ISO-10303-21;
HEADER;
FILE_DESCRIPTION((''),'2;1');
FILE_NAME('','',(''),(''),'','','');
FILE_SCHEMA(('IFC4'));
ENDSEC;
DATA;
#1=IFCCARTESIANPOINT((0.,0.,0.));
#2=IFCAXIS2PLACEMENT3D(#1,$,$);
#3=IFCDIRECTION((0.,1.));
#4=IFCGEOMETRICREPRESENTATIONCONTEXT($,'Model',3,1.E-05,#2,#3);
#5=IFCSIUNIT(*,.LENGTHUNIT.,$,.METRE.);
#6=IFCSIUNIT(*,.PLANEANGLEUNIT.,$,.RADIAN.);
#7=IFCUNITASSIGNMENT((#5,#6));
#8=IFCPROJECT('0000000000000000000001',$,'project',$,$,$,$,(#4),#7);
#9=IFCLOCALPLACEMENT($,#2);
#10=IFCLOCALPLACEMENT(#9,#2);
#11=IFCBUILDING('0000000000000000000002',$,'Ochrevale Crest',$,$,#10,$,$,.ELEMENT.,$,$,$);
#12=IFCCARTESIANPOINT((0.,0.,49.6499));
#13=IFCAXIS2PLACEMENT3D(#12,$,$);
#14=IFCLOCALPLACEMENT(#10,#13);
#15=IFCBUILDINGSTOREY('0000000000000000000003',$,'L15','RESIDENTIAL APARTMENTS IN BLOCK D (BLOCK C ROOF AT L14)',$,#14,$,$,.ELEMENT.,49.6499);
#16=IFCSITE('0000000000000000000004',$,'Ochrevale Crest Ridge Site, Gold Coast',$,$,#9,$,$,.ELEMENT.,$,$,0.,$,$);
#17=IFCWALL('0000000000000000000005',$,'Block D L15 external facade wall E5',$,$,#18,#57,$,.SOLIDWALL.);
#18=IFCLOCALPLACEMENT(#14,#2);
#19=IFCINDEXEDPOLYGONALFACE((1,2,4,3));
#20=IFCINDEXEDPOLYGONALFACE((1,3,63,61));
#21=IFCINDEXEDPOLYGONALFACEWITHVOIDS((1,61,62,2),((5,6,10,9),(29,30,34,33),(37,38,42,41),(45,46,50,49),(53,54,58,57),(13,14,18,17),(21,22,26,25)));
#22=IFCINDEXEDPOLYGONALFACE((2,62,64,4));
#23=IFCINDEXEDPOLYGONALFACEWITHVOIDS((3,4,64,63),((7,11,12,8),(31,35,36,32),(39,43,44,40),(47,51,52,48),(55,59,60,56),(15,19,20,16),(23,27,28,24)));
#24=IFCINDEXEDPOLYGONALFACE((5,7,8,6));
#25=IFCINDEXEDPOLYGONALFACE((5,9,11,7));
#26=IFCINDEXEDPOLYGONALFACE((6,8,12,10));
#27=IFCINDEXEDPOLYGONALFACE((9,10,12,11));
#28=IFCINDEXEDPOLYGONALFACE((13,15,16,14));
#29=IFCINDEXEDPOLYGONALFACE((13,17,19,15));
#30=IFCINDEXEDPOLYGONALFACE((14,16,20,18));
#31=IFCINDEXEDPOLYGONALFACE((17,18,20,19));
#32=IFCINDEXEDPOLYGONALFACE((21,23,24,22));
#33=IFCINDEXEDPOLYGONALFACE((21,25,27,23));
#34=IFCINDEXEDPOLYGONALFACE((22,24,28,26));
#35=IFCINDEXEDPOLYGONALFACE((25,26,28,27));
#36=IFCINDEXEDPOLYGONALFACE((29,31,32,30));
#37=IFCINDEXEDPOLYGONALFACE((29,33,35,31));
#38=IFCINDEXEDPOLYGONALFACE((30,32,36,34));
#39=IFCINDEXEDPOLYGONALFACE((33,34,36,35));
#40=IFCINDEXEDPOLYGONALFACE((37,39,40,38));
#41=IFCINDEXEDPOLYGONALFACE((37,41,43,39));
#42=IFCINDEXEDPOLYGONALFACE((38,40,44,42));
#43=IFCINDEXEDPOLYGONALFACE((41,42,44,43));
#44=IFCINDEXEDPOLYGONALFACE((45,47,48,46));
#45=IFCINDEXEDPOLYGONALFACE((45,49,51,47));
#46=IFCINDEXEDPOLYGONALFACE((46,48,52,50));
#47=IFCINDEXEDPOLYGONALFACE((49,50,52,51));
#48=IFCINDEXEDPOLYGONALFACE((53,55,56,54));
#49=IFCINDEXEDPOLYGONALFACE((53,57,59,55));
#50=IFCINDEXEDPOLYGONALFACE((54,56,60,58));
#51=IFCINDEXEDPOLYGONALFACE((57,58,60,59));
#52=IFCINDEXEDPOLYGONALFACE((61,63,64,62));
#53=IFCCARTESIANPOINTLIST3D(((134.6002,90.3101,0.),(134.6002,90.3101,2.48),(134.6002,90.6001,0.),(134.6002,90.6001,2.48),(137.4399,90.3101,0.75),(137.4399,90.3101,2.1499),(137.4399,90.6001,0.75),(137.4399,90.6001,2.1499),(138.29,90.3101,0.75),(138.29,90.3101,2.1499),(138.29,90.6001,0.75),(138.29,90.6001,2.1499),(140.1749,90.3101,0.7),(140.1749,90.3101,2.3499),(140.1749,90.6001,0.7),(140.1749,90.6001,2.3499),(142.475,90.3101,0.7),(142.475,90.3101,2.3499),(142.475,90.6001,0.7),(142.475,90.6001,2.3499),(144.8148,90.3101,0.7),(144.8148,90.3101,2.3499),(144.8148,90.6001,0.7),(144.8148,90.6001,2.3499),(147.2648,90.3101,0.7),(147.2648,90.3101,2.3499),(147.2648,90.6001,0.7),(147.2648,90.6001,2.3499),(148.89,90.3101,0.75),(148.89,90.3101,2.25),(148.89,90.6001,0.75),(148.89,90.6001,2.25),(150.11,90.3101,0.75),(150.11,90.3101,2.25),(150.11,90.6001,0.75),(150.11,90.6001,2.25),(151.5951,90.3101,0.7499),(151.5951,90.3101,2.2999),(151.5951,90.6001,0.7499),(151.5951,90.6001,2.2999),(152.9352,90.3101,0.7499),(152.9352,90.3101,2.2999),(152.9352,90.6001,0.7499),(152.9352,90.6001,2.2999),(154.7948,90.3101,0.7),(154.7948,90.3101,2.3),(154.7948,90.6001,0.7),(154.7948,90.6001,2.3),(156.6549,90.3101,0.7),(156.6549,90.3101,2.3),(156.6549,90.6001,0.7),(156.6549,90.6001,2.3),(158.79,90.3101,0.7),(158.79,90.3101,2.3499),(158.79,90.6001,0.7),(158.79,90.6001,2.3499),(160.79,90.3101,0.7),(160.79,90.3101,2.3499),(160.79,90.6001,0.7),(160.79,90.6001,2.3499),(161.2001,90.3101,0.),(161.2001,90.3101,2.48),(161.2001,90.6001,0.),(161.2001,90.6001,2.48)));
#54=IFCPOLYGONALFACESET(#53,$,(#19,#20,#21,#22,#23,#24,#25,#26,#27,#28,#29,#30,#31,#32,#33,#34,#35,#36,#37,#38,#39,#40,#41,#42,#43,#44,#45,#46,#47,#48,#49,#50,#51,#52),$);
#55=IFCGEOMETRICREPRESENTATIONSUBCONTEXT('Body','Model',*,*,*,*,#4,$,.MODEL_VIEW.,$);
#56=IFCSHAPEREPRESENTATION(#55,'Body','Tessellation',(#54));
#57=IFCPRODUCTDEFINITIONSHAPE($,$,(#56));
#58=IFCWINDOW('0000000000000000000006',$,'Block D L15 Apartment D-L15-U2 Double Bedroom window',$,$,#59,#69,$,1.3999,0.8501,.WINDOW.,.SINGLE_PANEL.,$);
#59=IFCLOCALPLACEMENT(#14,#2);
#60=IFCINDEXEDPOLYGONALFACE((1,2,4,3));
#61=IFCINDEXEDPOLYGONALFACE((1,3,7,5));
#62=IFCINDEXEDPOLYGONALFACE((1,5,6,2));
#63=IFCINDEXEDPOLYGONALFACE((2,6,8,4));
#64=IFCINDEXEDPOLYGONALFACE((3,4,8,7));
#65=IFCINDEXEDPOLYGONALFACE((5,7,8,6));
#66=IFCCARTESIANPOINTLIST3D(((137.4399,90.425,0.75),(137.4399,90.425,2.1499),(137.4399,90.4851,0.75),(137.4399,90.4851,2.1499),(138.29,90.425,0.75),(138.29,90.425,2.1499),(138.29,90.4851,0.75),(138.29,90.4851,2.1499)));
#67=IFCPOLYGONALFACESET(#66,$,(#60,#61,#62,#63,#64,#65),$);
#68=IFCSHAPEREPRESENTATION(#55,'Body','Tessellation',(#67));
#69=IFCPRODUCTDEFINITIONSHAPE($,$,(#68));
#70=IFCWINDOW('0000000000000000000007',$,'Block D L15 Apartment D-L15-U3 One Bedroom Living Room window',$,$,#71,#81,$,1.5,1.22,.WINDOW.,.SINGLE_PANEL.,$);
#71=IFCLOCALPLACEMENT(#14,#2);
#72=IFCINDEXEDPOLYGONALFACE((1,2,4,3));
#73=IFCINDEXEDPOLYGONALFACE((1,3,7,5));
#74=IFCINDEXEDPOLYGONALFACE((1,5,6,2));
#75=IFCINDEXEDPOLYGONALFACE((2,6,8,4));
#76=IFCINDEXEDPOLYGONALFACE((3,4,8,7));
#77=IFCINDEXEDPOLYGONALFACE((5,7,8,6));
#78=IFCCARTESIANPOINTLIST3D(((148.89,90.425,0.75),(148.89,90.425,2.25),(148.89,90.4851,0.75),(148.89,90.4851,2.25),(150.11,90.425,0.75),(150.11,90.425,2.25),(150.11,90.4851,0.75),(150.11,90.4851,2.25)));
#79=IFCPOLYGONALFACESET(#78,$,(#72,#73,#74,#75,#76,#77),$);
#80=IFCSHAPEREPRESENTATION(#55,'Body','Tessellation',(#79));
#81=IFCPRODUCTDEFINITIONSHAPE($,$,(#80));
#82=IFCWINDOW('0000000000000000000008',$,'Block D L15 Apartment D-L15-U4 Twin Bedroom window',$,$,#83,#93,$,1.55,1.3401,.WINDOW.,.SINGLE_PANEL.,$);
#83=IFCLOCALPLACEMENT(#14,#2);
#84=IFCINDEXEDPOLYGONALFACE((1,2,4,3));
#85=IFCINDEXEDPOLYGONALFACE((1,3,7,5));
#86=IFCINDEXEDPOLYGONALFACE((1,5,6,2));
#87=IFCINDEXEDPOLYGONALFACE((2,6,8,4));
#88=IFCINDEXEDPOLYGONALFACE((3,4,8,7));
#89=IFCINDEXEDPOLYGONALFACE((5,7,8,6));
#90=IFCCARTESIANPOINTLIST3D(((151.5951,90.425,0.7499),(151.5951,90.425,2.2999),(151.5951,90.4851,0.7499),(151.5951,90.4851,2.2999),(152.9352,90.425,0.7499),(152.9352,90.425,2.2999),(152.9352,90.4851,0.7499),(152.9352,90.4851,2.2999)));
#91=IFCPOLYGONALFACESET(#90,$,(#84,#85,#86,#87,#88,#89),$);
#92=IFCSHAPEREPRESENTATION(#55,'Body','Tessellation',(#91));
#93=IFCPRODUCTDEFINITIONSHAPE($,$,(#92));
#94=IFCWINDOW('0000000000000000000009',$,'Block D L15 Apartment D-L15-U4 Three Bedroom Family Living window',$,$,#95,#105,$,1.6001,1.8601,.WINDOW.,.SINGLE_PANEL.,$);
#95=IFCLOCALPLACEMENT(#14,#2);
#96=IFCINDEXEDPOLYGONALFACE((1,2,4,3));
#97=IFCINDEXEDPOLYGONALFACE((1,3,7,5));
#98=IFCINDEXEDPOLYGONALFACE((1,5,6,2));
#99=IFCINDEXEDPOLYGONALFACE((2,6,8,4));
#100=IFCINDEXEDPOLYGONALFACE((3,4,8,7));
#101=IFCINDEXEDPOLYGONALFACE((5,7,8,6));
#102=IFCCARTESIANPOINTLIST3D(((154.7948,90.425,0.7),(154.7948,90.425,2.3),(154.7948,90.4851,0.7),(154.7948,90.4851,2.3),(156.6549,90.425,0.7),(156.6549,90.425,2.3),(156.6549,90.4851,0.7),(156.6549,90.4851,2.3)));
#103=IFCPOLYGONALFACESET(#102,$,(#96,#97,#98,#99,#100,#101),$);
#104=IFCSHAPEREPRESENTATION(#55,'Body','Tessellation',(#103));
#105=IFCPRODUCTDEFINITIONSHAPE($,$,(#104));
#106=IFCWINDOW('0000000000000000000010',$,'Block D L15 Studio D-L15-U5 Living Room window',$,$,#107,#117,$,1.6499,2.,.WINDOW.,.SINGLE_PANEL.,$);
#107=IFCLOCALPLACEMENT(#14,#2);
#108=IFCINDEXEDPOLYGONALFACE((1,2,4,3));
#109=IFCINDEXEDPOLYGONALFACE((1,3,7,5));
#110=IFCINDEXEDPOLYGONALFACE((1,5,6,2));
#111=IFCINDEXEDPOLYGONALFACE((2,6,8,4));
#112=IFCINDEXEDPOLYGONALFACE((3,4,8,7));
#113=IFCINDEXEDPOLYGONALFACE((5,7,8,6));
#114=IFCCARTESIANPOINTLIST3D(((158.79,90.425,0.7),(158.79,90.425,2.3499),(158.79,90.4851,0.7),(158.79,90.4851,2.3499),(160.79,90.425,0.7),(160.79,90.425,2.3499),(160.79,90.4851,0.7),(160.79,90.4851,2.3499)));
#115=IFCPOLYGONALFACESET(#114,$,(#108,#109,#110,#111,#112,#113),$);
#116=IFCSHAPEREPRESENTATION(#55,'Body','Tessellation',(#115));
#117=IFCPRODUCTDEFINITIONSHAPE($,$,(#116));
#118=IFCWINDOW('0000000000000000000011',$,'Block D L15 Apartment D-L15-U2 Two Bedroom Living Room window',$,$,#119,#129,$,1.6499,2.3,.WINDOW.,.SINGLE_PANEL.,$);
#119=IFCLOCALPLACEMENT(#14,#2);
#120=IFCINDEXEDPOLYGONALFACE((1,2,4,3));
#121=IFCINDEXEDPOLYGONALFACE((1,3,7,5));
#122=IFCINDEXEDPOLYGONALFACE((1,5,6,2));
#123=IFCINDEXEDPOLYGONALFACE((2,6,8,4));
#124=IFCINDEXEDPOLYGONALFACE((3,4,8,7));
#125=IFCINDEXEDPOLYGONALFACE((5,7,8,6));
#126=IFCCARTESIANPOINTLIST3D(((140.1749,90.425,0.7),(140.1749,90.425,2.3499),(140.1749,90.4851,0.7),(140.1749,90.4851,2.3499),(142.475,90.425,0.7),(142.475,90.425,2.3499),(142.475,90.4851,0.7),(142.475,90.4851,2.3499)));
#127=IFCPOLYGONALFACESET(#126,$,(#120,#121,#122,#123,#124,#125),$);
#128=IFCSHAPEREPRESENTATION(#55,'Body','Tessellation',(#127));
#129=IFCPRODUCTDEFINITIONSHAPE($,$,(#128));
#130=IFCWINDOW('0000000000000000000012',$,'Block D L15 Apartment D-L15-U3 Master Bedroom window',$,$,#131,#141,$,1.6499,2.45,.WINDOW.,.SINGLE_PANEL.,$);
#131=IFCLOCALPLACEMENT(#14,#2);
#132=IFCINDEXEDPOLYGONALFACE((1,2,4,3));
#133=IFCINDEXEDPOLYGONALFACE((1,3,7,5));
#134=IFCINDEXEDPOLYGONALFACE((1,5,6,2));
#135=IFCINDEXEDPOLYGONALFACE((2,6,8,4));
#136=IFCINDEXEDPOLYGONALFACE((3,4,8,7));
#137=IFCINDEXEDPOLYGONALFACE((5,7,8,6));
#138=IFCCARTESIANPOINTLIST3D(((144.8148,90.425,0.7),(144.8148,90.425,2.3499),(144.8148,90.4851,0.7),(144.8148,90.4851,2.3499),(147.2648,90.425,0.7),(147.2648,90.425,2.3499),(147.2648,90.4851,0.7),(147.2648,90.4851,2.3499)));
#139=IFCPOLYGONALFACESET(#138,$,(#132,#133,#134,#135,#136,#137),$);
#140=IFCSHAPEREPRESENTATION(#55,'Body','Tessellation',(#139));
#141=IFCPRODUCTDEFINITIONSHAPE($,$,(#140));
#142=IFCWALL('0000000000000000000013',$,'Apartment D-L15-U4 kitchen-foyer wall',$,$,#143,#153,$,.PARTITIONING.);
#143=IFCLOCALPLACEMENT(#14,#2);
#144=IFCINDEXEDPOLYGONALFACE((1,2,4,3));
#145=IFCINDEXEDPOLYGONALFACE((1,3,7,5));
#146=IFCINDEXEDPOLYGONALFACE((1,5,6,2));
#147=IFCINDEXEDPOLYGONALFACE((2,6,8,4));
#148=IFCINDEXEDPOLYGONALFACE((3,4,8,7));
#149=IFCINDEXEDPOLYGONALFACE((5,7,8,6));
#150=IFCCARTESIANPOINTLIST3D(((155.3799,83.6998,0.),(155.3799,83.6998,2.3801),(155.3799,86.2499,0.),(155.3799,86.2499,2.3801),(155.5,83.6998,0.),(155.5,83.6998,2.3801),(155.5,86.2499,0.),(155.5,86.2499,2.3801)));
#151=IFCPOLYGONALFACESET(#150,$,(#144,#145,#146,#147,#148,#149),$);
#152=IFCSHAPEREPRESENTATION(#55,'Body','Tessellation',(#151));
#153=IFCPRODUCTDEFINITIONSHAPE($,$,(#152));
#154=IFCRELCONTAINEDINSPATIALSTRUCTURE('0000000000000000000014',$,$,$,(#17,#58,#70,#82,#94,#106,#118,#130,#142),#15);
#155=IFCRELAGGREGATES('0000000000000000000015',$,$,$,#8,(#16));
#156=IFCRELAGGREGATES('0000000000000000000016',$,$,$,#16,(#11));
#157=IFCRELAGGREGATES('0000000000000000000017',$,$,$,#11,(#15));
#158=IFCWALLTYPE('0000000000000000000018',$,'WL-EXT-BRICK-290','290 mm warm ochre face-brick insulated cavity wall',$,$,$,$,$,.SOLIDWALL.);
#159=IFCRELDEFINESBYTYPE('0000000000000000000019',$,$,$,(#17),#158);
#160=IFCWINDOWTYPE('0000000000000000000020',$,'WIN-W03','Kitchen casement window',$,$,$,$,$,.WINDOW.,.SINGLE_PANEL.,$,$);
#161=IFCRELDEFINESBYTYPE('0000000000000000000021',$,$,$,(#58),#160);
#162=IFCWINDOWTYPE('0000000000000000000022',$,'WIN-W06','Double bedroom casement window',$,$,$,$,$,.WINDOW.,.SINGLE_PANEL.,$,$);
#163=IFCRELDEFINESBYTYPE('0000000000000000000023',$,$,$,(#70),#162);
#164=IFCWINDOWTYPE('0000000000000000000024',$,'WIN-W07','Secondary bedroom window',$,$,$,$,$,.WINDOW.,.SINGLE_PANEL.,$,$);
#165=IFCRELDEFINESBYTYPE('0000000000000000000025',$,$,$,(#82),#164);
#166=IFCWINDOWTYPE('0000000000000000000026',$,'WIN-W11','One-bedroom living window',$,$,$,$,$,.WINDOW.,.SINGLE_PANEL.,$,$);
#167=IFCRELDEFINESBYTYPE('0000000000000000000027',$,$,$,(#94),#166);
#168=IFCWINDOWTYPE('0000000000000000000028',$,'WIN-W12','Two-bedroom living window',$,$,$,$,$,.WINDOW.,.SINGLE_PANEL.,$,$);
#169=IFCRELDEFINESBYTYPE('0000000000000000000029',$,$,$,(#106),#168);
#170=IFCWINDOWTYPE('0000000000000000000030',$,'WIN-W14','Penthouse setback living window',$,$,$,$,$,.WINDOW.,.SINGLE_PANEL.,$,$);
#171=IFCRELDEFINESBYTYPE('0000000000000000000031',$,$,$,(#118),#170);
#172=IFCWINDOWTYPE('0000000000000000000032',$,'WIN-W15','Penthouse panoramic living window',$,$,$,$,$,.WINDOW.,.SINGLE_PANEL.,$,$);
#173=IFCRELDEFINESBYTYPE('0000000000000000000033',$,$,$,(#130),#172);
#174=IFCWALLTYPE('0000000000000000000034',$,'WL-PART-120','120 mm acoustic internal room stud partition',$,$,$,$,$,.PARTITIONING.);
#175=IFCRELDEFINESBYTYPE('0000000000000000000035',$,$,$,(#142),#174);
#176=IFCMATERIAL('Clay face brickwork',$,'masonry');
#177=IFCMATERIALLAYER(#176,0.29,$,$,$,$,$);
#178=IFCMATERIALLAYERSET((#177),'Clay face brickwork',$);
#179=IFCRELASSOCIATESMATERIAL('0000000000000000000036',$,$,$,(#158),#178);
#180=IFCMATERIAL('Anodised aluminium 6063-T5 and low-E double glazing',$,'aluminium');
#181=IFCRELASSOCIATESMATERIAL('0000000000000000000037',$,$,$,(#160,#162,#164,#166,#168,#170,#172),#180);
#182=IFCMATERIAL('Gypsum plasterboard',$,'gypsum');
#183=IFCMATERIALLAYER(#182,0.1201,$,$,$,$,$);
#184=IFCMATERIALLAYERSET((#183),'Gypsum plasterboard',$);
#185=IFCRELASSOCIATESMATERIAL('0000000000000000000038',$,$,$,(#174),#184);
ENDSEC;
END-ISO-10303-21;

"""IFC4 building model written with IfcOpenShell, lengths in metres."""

from ifc_helpers import new_model, si_unit, direction, frame, frame_2d, origin, place, context, subcontext, project, spatial, rectangle, extrude, material, layer, layer_set, type_object, element, fill, save


model = new_model("IFC4")

# Units and contexts
model_context = context("Model", 3, precision=1e-05, world=origin(), true_north=direction((0.0, 1.0)))
body_context = subcontext(model_context, "Body", "Model", "MODEL_VIEW")
ifc_project = project(units=[si_unit("LENGTHUNIT", "METRE"), si_unit("PLANEANGLEUNIT", "RADIAN")], contexts=[model_context])

# Site, building, storey
site_placement = place(None, origin())
site = spatial("IfcSite", under=ifc_project, at=site_placement, Name="Ochrevale Crest Ridge Site, Gold Coast", CompositionType="ELEMENT", RefElevation=0.0)
building_placement = place(site_placement, origin())
building = spatial("IfcBuilding", under=site, at=building_placement, Name="Ochrevale Crest", CompositionType="ELEMENT")
storey_placement = place(building_placement, frame((0.0, 0.0, 49.6499)))
storey = spatial("IfcBuildingStorey", under=building, at=storey_placement, Name="L15", Description="RESIDENTIAL APARTMENTS IN BLOCK D (BLOCK C ROOF AT L14)", CompositionType="ELEMENT", Elevation=49.6499)

# Shared definitions
ifc_material_1 = material(Name="Gypsum plasterboard", Category="gypsum")

# Wall, openings, windows
ifc_material_2 = material(Name="Clay face brickwork", Category="masonry")
ifc_layer_1 = layer(ifc_material_2, 0.29)
ifc_layer_set_1 = layer_set([ifc_layer_1], Name="Clay face brickwork")
wall_type_1 = type_object("IfcWallType", Name="WL-EXT-BRICK-290", Description="290 mm warm ochre face-brick insulated cavity wall", PredefinedType="SOLIDWALL", material=ifc_layer_set_1)
wall_1_placement = place(storey_placement, frame((161.2, 90.4551, 0.0), z_axis=(0.0, 0.0, 1.0), x_axis=(-1.0, 0.0, 0.0)))
wall_1 = element("IfcWall", 1, at=wall_1_placement, inside=storey, type_object=wall_type_1, Name="Block D L15 external facade wall E5", PredefinedType="SOLIDWALL", context=body_context, shape_type="SweptSolid", body=[
    extrude(rectangle(XDim=26.5999, YDim=0.29, at=frame_2d((13.2998, 0.0))), origin(), (0.0, 0.0, 1.0), 2.48),
])
opening_1_placement = place(wall_1_placement, frame((22.9099, 0.0, 0.75)))
opening_1 = element("IfcOpeningElement", 2, at=opening_1_placement, cuts=wall_1, PredefinedType="OPENING", context=body_context, shape_type="SweptSolid", body=[
    extrude(rectangle(XDim=0.8501, YDim=1.3999, at=frame_2d((0.425, 0.7))), frame((0.0, 0.155, 0.0), z_axis=(0.0, -1.0, 0.0), x_axis=(1.0, 0.0, 0.0)), (0.0, 0.0, 1.0), 0.3101),
])
opening_2_placement = place(wall_1_placement, frame((18.7251, 0.0, 0.7)))
opening_2 = element("IfcOpeningElement", 3, at=opening_2_placement, cuts=wall_1, PredefinedType="OPENING", context=body_context, shape_type="SweptSolid", body=[
    extrude(rectangle(XDim=2.3, YDim=1.6499, at=frame_2d((1.1499, 0.825))), frame((0.0, 0.155, 0.0), z_axis=(0.0, -1.0, 0.0), x_axis=(1.0, 0.0, 0.0)), (0.0, 0.0, 1.0), 0.3101),
])
opening_3_placement = place(wall_1_placement, frame((13.9351, 0.0, 0.7)))
opening_3 = element("IfcOpeningElement", 4, at=opening_3_placement, cuts=wall_1, PredefinedType="OPENING", context=body_context, shape_type="SweptSolid", body=[
    extrude(rectangle(XDim=2.45, YDim=1.6499, at=frame_2d((1.2251, 0.825))), frame((0.0, 0.155, 0.0), z_axis=(0.0, -1.0, 0.0), x_axis=(1.0, 0.0, 0.0)), (0.0, 0.0, 1.0), 0.3101),
])
opening_4_placement = place(wall_1_placement, frame((11.0901, 0.0, 0.75)))
opening_4 = element("IfcOpeningElement", 5, at=opening_4_placement, cuts=wall_1, PredefinedType="OPENING", context=body_context, shape_type="SweptSolid", body=[
    extrude(rectangle(XDim=1.22, YDim=1.5, at=frame_2d((0.6099, 0.75))), frame((0.0, 0.155, 0.0), z_axis=(0.0, -1.0, 0.0), x_axis=(1.0, 0.0, 0.0)), (0.0, 0.0, 1.0), 0.3101),
])
opening_5_placement = place(wall_1_placement, frame((8.2649, 0.0, 0.75)))
opening_5 = element("IfcOpeningElement", 6, at=opening_5_placement, cuts=wall_1, PredefinedType="OPENING", context=body_context, shape_type="SweptSolid", body=[
    extrude(rectangle(XDim=1.3401, YDim=1.55, at=frame_2d((0.6699, 0.7749))), frame((0.0, 0.155, 0.0), z_axis=(0.0, -1.0, 0.0), x_axis=(1.0, 0.0, 0.0)), (0.0, 0.0, 1.0), 0.3101),
])
opening_6_placement = place(wall_1_placement, frame((4.5449, 0.0, 0.7)))
opening_6 = element("IfcOpeningElement", 7, at=opening_6_placement, cuts=wall_1, PredefinedType="OPENING", context=body_context, shape_type="SweptSolid", body=[
    extrude(rectangle(XDim=1.8601, YDim=1.6001, at=frame_2d((0.9302, 0.8))), frame((0.0, 0.155, 0.0), z_axis=(0.0, -1.0, 0.0), x_axis=(1.0, 0.0, 0.0)), (0.0, 0.0, 1.0), 0.3101),
])
opening_7_placement = place(wall_1_placement, frame((0.4099, 0.0, 0.7)))
opening_7 = element("IfcOpeningElement", 8, at=opening_7_placement, cuts=wall_1, PredefinedType="OPENING", context=body_context, shape_type="SweptSolid", body=[
    extrude(rectangle(XDim=2.0, YDim=1.6499, at=frame_2d((1.0, 0.825))), frame((0.0, 0.155, 0.0), z_axis=(0.0, -1.0, 0.0), x_axis=(1.0, 0.0, 0.0)), (0.0, 0.0, 1.0), 0.3101),
])
ifc_material_3 = material(Name="Anodised aluminium 6063-T5 and low-E double glazing", Category="aluminium")
window_type_1 = type_object("IfcWindowType", Name="WIN-W03", Description="Kitchen casement window", PartitioningType="SINGLE_PANEL", PredefinedType="WINDOW", material=ifc_material_3)
window_1_placement = place(opening_1_placement, origin())
window_1 = element("IfcWindow", 9, at=window_1_placement, inside=storey, type_object=window_type_1, Name="Block D L15 Apartment D-L15-U2 Double Bedroom window", OverallHeight=1.3999, OverallWidth=0.8501, PartitioningType="SINGLE_PANEL", PredefinedType="WINDOW", context=body_context, shape_type="SweptSolid", body=[
    extrude(rectangle(XDim=0.8501, YDim=1.3999, at=frame_2d((0.425, 0.7))), frame((0.0, 0.03, 0.0), z_axis=(0.0, -1.0, 0.0), x_axis=(1.0, 0.0, 0.0)), (0.0, 0.0, 1.0), 0.0601),
])
fill(opening_1, window_1)
window_type_2 = type_object("IfcWindowType", Name="WIN-W06", Description="Double bedroom casement window", PartitioningType="SINGLE_PANEL", PredefinedType="WINDOW", material=ifc_material_3)
window_2_placement = place(opening_4_placement, origin())
window_2 = element("IfcWindow", 10, at=window_2_placement, inside=storey, type_object=window_type_2, Name="Block D L15 Apartment D-L15-U3 One Bedroom Living Room window", OverallHeight=1.5, OverallWidth=1.22, PartitioningType="SINGLE_PANEL", PredefinedType="WINDOW", context=body_context, shape_type="SweptSolid", body=[
    extrude(rectangle(XDim=1.22, YDim=1.5, at=frame_2d((0.6099, 0.75))), frame((0.0, 0.03, 0.0), z_axis=(0.0, -1.0, 0.0), x_axis=(1.0, 0.0, 0.0)), (0.0, 0.0, 1.0), 0.0601),
])
fill(opening_4, window_2)
window_type_3 = type_object("IfcWindowType", Name="WIN-W07", Description="Secondary bedroom window", PartitioningType="SINGLE_PANEL", PredefinedType="WINDOW", material=ifc_material_3)
window_3_placement = place(opening_5_placement, origin())
window_3 = element("IfcWindow", 11, at=window_3_placement, inside=storey, type_object=window_type_3, Name="Block D L15 Apartment D-L15-U4 Twin Bedroom window", OverallHeight=1.55, OverallWidth=1.3401, PartitioningType="SINGLE_PANEL", PredefinedType="WINDOW", context=body_context, shape_type="SweptSolid", body=[
    extrude(rectangle(XDim=1.3401, YDim=1.55, at=frame_2d((0.6699, 0.7749))), frame((0.0, 0.03, 0.0), z_axis=(0.0, -1.0, 0.0), x_axis=(1.0, 0.0, 0.0)), (0.0, 0.0, 1.0), 0.0601),
])
fill(opening_5, window_3)
window_type_4 = type_object("IfcWindowType", Name="WIN-W11", Description="One-bedroom living window", PartitioningType="SINGLE_PANEL", PredefinedType="WINDOW", material=ifc_material_3)
window_4_placement = place(opening_6_placement, origin())
window_4 = element("IfcWindow", 12, at=window_4_placement, inside=storey, type_object=window_type_4, Name="Block D L15 Apartment D-L15-U4 Three Bedroom Family Living window", OverallHeight=1.6001, OverallWidth=1.8601, PartitioningType="SINGLE_PANEL", PredefinedType="WINDOW", context=body_context, shape_type="SweptSolid", body=[
    extrude(rectangle(XDim=1.8601, YDim=1.6001, at=frame_2d((0.9302, 0.8))), frame((0.0, 0.03, 0.0), z_axis=(0.0, -1.0, 0.0), x_axis=(1.0, 0.0, 0.0)), (0.0, 0.0, 1.0), 0.0601),
])
fill(opening_6, window_4)
window_type_5 = type_object("IfcWindowType", Name="WIN-W12", Description="Two-bedroom living window", PartitioningType="SINGLE_PANEL", PredefinedType="WINDOW", material=ifc_material_3)
window_5_placement = place(opening_7_placement, origin())
window_5 = element("IfcWindow", 13, at=window_5_placement, inside=storey, type_object=window_type_5, Name="Block D L15 Studio D-L15-U5 Living Room window", OverallHeight=1.6499, OverallWidth=2.0, PartitioningType="SINGLE_PANEL", PredefinedType="WINDOW", context=body_context, shape_type="SweptSolid", body=[
    extrude(rectangle(XDim=2.0, YDim=1.6499, at=frame_2d((1.0, 0.825))), frame((0.0, 0.03, 0.0), z_axis=(0.0, -1.0, 0.0), x_axis=(1.0, 0.0, 0.0)), (0.0, 0.0, 1.0), 0.0601),
])
fill(opening_7, window_5)
window_type_6 = type_object("IfcWindowType", Name="WIN-W14", Description="Penthouse setback living window", PartitioningType="SINGLE_PANEL", PredefinedType="WINDOW", material=ifc_material_3)
window_6_placement = place(opening_2_placement, origin())
window_6 = element("IfcWindow", 14, at=window_6_placement, inside=storey, type_object=window_type_6, Name="Block D L15 Apartment D-L15-U2 Two Bedroom Living Room window", OverallHeight=1.6499, OverallWidth=2.3, PartitioningType="SINGLE_PANEL", PredefinedType="WINDOW", context=body_context, shape_type="SweptSolid", body=[
    extrude(rectangle(XDim=2.3, YDim=1.6499, at=frame_2d((1.1499, 0.825))), frame((0.0, 0.03, 0.0), z_axis=(0.0, -1.0, 0.0), x_axis=(1.0, 0.0, 0.0)), (0.0, 0.0, 1.0), 0.0601),
])
fill(opening_2, window_6)
window_type_7 = type_object("IfcWindowType", Name="WIN-W15", Description="Penthouse panoramic living window", PartitioningType="SINGLE_PANEL", PredefinedType="WINDOW", material=ifc_material_3)
window_7_placement = place(opening_3_placement, origin())
window_7 = element("IfcWindow", 15, at=window_7_placement, inside=storey, type_object=window_type_7, Name="Block D L15 Apartment D-L15-U3 Master Bedroom window", OverallHeight=1.6499, OverallWidth=2.45, PartitioningType="SINGLE_PANEL", PredefinedType="WINDOW", context=body_context, shape_type="SweptSolid", body=[
    extrude(rectangle(XDim=2.45, YDim=1.6499, at=frame_2d((1.2251, 0.825))), frame((0.0, 0.03, 0.0), z_axis=(0.0, -1.0, 0.0), x_axis=(1.0, 0.0, 0.0)), (0.0, 0.0, 1.0), 0.0601),
])
fill(opening_3, window_7)

# Wall
ifc_layer_2 = layer(ifc_material_1, 0.1201)
ifc_layer_set_2 = layer_set([ifc_layer_2], Name="Gypsum plasterboard")
wall_type_2 = type_object("IfcWallType", Name="WL-PART-120", Description="120 mm acoustic internal room stud partition", PredefinedType="PARTITIONING", material=ifc_layer_set_2)
wall_2_placement = place(storey_placement, frame((155.4399, 83.7, 0.0), z_axis=(0.0, 0.0, 1.0), x_axis=(0.0, 1.0, 0.0)))
element("IfcWall", 16, at=wall_2_placement, inside=storey, type_object=wall_type_2, Name="Apartment D-L15-U4 kitchen-foyer wall", PredefinedType="PARTITIONING", context=body_context, shape_type="SweptSolid", body=[
    extrude(rectangle(XDim=2.55, YDim=0.1201, at=frame_2d((1.2749, 0.0))), origin(), (0.0, 0.0, 1.0), 2.3801),
])

save(model, "model.ifc")
